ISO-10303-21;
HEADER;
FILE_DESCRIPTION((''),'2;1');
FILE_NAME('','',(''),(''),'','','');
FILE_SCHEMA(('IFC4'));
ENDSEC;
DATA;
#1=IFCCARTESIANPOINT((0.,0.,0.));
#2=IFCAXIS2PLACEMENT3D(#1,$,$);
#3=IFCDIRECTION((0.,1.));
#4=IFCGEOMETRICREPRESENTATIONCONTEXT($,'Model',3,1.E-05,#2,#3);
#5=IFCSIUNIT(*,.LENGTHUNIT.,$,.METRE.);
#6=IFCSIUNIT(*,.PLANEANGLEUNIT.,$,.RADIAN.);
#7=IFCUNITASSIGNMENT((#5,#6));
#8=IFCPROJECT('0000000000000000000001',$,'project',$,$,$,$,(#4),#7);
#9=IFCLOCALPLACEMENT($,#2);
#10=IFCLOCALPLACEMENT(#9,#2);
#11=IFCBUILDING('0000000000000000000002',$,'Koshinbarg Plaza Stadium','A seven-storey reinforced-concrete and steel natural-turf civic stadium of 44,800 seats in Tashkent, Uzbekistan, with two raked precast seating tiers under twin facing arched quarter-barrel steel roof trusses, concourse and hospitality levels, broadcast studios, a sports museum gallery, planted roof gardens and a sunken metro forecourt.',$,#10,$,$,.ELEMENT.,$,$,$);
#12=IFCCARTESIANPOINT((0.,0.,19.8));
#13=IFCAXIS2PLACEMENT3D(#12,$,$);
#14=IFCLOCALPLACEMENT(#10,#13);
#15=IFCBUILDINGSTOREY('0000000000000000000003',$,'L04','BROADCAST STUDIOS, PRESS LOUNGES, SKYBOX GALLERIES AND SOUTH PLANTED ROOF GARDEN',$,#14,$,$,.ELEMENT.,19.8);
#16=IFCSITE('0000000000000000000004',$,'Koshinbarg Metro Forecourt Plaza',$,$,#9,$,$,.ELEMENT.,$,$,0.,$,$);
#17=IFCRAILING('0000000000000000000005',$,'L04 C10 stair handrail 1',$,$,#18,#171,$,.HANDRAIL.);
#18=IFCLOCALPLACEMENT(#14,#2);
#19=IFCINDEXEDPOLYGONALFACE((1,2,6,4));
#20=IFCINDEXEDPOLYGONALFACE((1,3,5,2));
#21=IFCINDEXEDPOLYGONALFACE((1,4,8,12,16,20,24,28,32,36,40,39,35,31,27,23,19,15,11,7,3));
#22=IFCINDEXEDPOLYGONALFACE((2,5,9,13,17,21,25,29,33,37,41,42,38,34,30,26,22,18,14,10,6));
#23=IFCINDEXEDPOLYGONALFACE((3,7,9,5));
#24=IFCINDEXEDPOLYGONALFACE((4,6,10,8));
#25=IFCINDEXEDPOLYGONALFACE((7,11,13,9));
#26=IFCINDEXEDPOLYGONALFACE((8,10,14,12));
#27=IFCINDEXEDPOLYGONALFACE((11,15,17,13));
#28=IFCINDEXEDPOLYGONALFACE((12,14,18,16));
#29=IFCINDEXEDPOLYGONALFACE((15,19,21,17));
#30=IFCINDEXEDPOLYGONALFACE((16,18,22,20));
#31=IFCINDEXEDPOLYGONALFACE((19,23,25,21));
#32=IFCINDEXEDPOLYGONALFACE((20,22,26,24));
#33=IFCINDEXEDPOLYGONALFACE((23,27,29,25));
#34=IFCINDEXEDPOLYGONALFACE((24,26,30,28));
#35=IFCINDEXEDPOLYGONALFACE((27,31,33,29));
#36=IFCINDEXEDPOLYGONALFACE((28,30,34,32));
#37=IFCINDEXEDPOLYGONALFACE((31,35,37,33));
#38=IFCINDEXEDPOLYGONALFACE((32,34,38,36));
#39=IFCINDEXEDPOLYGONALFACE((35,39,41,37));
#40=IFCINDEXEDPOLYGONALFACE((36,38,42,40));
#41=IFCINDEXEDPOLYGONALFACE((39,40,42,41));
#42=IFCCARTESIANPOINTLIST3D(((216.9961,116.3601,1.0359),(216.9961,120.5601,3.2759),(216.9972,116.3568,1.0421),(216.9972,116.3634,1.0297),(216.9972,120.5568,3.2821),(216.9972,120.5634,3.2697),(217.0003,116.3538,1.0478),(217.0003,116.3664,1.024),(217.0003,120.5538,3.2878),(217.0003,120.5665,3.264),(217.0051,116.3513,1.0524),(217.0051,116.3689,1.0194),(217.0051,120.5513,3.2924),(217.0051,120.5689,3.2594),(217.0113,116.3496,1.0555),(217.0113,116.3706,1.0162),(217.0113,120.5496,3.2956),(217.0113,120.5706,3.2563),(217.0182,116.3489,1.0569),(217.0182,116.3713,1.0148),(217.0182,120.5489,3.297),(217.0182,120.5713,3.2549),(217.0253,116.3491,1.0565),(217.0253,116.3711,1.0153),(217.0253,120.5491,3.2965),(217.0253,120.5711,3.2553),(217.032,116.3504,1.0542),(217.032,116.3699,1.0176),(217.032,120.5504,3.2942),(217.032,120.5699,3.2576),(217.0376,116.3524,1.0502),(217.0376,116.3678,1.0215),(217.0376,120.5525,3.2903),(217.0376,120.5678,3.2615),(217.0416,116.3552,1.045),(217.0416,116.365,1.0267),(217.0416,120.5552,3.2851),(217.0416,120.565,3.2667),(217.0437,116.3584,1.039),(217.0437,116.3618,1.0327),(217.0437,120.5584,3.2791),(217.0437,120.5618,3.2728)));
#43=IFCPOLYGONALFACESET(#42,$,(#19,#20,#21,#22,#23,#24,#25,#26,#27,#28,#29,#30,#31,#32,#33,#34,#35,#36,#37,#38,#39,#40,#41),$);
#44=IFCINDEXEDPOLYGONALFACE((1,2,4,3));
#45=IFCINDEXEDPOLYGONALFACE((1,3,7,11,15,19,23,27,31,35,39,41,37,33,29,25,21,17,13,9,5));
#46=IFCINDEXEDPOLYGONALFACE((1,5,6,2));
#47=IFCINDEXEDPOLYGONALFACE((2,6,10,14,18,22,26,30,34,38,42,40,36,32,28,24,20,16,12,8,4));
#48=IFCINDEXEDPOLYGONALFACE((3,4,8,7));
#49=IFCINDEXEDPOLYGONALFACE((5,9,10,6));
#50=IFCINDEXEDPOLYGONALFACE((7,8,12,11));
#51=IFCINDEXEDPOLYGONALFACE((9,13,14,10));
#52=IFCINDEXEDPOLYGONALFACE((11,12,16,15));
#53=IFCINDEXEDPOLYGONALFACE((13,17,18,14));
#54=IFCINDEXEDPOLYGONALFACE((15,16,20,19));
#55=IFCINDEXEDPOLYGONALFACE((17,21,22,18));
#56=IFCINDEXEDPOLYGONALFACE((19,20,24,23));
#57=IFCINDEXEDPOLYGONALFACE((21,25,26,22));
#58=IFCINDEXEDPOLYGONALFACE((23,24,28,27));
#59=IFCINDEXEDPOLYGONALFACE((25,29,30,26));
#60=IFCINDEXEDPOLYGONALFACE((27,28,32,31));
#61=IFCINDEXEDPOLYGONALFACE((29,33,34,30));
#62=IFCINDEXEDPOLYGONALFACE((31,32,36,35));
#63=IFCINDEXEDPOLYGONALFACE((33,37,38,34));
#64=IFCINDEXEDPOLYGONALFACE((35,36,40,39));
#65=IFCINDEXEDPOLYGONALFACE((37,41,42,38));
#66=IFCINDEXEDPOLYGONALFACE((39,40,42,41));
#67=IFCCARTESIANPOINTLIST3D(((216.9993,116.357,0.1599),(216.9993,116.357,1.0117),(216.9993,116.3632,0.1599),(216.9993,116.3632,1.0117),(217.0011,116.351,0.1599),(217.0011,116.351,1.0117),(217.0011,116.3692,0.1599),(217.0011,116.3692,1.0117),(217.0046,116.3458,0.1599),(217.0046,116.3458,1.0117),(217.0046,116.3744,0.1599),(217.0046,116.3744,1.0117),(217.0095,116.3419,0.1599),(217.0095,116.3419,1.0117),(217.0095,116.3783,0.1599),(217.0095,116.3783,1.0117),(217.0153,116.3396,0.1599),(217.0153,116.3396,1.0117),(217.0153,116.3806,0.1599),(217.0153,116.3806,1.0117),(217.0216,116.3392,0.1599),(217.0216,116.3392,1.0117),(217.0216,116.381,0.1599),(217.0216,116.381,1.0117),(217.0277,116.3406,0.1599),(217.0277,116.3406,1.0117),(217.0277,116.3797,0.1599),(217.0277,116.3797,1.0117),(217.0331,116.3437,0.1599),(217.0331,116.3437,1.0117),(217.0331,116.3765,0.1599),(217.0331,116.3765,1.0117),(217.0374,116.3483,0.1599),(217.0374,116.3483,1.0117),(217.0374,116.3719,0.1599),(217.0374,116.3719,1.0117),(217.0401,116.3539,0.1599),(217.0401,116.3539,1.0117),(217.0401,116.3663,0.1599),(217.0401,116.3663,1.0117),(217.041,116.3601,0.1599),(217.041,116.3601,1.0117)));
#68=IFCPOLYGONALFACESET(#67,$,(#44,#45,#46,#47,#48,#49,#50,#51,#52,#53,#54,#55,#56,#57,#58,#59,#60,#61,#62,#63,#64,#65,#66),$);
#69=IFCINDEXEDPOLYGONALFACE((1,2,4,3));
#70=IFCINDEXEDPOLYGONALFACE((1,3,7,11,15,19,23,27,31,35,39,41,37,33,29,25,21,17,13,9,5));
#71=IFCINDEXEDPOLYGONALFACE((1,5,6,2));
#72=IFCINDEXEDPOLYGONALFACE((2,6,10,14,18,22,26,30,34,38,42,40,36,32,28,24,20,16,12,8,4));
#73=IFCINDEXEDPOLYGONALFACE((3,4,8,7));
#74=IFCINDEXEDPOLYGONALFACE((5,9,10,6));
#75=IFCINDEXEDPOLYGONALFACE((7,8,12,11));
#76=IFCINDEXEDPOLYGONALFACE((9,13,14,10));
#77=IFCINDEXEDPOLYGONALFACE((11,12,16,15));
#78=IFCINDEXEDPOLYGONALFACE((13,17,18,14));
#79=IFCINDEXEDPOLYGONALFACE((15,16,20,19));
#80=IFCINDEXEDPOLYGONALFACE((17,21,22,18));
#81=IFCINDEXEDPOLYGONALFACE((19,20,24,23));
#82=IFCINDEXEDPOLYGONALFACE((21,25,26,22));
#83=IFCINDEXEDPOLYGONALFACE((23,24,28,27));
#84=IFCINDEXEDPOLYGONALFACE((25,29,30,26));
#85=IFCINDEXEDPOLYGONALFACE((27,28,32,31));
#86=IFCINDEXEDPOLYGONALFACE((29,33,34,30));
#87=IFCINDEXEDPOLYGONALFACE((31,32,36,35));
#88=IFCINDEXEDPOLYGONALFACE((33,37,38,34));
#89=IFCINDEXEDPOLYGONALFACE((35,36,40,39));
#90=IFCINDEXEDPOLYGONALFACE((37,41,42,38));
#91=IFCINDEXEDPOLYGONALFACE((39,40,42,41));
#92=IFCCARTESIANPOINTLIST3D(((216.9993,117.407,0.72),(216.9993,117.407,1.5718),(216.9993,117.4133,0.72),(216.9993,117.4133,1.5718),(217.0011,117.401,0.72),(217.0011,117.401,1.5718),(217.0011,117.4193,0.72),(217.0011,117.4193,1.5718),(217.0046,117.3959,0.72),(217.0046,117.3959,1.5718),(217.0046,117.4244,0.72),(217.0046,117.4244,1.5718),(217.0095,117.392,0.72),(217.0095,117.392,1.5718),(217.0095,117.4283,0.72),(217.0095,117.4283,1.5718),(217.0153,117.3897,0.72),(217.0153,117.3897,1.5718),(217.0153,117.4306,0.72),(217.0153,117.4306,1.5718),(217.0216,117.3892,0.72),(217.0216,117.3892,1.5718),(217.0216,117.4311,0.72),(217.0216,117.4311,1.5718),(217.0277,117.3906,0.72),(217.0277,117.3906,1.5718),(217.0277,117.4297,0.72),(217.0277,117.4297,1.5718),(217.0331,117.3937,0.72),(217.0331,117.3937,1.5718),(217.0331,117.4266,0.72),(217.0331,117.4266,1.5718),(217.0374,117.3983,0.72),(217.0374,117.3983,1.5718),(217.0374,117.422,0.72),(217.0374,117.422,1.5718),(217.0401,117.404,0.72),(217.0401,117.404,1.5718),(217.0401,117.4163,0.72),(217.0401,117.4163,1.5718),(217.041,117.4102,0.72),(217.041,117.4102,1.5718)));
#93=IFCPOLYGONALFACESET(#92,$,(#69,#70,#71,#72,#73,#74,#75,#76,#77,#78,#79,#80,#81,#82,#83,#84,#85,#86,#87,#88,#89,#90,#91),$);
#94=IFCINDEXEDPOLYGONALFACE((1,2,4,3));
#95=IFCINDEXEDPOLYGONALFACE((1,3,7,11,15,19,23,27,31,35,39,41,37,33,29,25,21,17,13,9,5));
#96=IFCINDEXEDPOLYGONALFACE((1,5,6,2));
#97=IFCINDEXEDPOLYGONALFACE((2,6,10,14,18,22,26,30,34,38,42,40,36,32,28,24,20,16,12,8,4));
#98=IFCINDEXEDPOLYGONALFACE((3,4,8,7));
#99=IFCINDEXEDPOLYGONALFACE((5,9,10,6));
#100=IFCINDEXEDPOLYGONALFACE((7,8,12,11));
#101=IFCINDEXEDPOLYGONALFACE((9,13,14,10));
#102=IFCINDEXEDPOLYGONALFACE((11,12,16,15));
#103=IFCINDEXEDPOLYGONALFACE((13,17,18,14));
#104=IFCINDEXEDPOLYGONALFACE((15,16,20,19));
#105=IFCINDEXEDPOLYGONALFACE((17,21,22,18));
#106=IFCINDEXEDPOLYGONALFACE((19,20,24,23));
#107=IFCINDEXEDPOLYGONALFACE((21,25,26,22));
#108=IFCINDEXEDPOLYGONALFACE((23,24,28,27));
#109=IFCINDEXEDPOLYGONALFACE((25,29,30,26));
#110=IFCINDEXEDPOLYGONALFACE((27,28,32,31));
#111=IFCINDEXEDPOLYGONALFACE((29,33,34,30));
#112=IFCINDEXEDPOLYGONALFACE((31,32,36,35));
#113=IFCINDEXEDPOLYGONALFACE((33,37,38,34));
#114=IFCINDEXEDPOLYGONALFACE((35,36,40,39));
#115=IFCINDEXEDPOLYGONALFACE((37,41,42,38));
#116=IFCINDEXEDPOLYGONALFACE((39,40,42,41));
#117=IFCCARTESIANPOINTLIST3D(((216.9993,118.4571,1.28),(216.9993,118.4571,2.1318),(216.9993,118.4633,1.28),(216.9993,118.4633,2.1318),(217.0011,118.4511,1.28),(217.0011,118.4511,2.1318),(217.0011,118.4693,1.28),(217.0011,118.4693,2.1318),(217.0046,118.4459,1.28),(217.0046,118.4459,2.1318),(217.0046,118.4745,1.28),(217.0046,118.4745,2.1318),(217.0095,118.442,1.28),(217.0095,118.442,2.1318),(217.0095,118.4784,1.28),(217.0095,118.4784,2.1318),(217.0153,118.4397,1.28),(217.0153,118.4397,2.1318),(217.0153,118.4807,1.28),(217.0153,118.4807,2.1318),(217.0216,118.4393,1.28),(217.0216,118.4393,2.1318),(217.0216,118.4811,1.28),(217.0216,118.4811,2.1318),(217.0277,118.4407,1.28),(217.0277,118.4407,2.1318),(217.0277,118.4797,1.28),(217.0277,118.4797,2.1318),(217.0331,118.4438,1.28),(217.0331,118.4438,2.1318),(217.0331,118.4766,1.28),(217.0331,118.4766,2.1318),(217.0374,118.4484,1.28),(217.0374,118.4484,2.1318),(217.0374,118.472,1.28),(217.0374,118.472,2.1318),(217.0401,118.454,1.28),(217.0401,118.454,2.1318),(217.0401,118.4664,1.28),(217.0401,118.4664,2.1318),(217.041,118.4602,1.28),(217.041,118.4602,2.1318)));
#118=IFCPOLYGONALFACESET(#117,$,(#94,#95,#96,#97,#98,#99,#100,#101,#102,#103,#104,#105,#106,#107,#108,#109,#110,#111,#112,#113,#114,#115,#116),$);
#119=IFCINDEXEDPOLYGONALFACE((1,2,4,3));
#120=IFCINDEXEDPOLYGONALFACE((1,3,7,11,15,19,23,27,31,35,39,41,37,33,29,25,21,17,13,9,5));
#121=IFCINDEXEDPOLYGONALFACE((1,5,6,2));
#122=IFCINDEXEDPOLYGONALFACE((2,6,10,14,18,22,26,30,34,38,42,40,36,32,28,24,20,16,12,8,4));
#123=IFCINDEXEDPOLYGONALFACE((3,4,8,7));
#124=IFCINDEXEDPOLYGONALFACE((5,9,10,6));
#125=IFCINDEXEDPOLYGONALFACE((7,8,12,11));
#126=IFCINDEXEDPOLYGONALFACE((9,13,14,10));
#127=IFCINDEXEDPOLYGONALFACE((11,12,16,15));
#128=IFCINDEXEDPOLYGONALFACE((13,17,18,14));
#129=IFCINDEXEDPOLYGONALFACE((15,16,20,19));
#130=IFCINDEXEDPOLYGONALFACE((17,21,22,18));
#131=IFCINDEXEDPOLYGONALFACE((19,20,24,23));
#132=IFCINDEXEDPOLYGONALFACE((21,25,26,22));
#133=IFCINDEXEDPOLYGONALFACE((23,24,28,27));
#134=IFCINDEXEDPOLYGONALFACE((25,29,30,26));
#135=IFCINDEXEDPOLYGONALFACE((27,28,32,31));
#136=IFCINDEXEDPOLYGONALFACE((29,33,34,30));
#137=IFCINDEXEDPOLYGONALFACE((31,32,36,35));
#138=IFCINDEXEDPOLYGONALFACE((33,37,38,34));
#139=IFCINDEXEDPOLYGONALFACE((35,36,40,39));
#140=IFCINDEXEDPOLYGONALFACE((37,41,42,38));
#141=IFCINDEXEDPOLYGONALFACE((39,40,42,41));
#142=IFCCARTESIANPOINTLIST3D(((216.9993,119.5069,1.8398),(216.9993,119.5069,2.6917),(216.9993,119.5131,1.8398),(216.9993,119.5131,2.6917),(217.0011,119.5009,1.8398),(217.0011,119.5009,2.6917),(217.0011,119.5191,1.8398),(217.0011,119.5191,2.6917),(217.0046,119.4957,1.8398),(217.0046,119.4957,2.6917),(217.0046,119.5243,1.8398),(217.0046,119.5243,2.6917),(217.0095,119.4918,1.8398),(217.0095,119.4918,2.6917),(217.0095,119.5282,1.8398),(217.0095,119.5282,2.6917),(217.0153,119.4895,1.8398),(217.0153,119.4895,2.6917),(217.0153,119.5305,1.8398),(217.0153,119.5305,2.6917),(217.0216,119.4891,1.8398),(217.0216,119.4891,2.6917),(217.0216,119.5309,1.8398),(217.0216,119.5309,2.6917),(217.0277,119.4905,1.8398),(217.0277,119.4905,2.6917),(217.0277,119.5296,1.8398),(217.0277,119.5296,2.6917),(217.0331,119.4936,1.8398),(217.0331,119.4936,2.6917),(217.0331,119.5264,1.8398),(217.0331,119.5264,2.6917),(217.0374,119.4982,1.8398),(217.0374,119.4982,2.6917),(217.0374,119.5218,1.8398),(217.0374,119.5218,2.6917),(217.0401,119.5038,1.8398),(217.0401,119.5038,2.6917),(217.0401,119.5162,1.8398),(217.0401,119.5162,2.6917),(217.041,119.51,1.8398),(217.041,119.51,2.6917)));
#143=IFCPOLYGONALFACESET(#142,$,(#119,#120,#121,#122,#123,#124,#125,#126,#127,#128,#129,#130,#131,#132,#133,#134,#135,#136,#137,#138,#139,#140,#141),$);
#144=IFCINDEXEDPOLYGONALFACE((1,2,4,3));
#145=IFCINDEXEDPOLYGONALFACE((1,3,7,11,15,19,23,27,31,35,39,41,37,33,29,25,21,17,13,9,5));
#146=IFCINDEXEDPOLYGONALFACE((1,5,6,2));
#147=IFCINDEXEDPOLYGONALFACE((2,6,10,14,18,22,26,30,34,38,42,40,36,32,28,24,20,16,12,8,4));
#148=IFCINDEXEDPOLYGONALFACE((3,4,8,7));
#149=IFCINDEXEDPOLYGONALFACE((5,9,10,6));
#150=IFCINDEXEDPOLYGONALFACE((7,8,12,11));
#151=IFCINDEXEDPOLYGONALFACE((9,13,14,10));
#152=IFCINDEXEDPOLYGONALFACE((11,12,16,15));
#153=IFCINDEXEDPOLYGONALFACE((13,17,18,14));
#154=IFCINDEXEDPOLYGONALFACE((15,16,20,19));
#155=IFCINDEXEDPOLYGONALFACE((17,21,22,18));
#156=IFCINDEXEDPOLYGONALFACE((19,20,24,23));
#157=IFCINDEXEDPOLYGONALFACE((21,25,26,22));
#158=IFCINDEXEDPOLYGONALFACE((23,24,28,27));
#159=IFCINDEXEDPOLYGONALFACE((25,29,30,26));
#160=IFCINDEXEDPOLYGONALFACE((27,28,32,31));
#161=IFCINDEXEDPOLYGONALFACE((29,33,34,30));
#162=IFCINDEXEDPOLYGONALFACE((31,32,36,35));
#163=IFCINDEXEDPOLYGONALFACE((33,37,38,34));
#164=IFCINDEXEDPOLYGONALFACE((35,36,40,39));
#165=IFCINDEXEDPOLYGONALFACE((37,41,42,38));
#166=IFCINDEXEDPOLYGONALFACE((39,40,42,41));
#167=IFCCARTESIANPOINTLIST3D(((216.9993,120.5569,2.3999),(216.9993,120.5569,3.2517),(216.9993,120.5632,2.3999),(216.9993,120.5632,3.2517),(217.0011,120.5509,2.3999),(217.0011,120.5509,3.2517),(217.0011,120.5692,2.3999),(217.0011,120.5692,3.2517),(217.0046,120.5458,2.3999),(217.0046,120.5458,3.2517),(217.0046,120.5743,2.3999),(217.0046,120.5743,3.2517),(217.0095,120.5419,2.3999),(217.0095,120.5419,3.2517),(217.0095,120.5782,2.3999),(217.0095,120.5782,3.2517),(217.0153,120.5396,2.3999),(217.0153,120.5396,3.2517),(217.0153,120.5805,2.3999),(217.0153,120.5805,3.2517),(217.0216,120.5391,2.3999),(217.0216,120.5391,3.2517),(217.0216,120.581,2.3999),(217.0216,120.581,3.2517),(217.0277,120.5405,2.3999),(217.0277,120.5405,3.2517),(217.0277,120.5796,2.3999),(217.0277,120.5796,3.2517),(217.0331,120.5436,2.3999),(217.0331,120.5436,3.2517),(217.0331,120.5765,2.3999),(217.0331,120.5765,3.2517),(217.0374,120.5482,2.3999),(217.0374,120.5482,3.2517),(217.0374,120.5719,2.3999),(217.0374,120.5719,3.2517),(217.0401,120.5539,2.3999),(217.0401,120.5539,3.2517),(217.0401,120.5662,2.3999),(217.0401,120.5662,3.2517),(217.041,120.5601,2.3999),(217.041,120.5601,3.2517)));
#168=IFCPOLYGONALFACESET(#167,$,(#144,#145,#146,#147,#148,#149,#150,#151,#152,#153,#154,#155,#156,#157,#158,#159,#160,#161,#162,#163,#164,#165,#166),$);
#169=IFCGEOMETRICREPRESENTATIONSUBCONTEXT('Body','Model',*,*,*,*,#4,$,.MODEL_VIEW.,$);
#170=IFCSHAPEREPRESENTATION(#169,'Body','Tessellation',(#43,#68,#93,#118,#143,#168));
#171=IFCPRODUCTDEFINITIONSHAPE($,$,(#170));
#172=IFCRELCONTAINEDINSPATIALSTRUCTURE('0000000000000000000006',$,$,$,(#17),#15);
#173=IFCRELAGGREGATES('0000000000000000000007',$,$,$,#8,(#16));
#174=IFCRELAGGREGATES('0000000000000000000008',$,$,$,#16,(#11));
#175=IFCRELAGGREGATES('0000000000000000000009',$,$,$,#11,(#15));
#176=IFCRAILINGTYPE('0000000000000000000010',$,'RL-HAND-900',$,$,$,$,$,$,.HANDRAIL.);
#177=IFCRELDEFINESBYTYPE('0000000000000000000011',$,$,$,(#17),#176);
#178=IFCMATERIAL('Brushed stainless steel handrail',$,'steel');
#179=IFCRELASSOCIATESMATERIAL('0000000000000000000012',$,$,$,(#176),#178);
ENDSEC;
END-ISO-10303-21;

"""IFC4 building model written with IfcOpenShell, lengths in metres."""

from ifc_helpers import new_model, si_unit, direction, frame, origin, origin_2d, place, context, subcontext, project, spatial, circle, extrude, material, type_object, element, save


model = new_model("IFC4")

# Units and contexts
model_context = context("Model", 3, precision=1e-05, world=origin(), true_north=direction((0.0, 1.0)))
body_context = subcontext(model_context, "Body", "Model", "MODEL_VIEW")
ifc_project = project(units=[si_unit("LENGTHUNIT", "METRE"), si_unit("PLANEANGLEUNIT", "RADIAN")], contexts=[model_context])

# Site, building, storey
site_placement = place(None, origin())
site = spatial("IfcSite", under=ifc_project, at=site_placement, Name="Koshinbarg Metro Forecourt Plaza", CompositionType="ELEMENT", RefElevation=0.0)
building_placement = place(site_placement, origin())
building = spatial("IfcBuilding", under=site, at=building_placement, Name="Koshinbarg Plaza Stadium", Description="A seven-storey reinforced-concrete and steel natural-turf civic stadium of 44,800 seats in Tashkent, Uzbekistan, with two raked precast seating tiers under twin facing arched quarter-barrel steel roof trusses, concourse and hospitality levels, broadcast studios, a sports museum gallery, planted roof gardens and a sunken metro forecourt.", CompositionType="ELEMENT")
storey_placement = place(building_placement, frame((0.0, 0.0, 19.8)))
storey = spatial("IfcBuildingStorey", under=building, at=storey_placement, Name="L04", Description="BROADCAST STUDIOS, PRESS LOUNGES, SKYBOX GALLERIES AND SOUTH PLANTED ROOF GARDEN", CompositionType="ELEMENT", Elevation=19.8)

# Railing
ifc_material_1 = material(Name="Brushed stainless steel handrail", Category="steel")
railing_type_1 = type_object("IfcRailingType", Name="RL-HAND-900", PredefinedType="HANDRAIL", material=ifc_material_1)
railing_1_placement = place(storey_placement, frame((217.02, 116.3601, 0.1599)))
element("IfcRailing", 1, at=railing_1_placement, inside=storey, type_object=railing_type_1, Name="L04 C10 stair handrail 1", PredefinedType="HANDRAIL", context=body_context, shape_type="SweptSolid", body=[
    extrude(circle(Radius=0.0239, at=origin_2d()), frame((0.0, 0.0, 0.876), z_axis=(0.0, 0.882352, 0.470591), x_axis=(-1.0, 0.0, 0.0)), (0.0, 0.0, 1.0), 4.76),
    extrude(circle(Radius=0.021, at=origin_2d()), origin(), (0.0, 0.0, 1.0), 0.8518),
    extrude(circle(Radius=0.021, at=origin_2d()), frame((0.0, 1.05, 0.5601)), (0.0, 0.0, 1.0), 0.8518),
    extrude(circle(Radius=0.021, at=origin_2d()), frame((0.0, 2.1001, 1.1201)), (0.0, 0.0, 1.0), 0.8518),
    extrude(circle(Radius=0.021, at=origin_2d()), frame((0.0, 3.1499, 1.6799)), (0.0, 0.0, 1.0), 0.8518),
    extrude(circle(Radius=0.021, at=origin_2d()), frame((0.0, 4.2, 2.24)), (0.0, 0.0, 1.0), 0.8518),
])

save(model, "model.ifc")
